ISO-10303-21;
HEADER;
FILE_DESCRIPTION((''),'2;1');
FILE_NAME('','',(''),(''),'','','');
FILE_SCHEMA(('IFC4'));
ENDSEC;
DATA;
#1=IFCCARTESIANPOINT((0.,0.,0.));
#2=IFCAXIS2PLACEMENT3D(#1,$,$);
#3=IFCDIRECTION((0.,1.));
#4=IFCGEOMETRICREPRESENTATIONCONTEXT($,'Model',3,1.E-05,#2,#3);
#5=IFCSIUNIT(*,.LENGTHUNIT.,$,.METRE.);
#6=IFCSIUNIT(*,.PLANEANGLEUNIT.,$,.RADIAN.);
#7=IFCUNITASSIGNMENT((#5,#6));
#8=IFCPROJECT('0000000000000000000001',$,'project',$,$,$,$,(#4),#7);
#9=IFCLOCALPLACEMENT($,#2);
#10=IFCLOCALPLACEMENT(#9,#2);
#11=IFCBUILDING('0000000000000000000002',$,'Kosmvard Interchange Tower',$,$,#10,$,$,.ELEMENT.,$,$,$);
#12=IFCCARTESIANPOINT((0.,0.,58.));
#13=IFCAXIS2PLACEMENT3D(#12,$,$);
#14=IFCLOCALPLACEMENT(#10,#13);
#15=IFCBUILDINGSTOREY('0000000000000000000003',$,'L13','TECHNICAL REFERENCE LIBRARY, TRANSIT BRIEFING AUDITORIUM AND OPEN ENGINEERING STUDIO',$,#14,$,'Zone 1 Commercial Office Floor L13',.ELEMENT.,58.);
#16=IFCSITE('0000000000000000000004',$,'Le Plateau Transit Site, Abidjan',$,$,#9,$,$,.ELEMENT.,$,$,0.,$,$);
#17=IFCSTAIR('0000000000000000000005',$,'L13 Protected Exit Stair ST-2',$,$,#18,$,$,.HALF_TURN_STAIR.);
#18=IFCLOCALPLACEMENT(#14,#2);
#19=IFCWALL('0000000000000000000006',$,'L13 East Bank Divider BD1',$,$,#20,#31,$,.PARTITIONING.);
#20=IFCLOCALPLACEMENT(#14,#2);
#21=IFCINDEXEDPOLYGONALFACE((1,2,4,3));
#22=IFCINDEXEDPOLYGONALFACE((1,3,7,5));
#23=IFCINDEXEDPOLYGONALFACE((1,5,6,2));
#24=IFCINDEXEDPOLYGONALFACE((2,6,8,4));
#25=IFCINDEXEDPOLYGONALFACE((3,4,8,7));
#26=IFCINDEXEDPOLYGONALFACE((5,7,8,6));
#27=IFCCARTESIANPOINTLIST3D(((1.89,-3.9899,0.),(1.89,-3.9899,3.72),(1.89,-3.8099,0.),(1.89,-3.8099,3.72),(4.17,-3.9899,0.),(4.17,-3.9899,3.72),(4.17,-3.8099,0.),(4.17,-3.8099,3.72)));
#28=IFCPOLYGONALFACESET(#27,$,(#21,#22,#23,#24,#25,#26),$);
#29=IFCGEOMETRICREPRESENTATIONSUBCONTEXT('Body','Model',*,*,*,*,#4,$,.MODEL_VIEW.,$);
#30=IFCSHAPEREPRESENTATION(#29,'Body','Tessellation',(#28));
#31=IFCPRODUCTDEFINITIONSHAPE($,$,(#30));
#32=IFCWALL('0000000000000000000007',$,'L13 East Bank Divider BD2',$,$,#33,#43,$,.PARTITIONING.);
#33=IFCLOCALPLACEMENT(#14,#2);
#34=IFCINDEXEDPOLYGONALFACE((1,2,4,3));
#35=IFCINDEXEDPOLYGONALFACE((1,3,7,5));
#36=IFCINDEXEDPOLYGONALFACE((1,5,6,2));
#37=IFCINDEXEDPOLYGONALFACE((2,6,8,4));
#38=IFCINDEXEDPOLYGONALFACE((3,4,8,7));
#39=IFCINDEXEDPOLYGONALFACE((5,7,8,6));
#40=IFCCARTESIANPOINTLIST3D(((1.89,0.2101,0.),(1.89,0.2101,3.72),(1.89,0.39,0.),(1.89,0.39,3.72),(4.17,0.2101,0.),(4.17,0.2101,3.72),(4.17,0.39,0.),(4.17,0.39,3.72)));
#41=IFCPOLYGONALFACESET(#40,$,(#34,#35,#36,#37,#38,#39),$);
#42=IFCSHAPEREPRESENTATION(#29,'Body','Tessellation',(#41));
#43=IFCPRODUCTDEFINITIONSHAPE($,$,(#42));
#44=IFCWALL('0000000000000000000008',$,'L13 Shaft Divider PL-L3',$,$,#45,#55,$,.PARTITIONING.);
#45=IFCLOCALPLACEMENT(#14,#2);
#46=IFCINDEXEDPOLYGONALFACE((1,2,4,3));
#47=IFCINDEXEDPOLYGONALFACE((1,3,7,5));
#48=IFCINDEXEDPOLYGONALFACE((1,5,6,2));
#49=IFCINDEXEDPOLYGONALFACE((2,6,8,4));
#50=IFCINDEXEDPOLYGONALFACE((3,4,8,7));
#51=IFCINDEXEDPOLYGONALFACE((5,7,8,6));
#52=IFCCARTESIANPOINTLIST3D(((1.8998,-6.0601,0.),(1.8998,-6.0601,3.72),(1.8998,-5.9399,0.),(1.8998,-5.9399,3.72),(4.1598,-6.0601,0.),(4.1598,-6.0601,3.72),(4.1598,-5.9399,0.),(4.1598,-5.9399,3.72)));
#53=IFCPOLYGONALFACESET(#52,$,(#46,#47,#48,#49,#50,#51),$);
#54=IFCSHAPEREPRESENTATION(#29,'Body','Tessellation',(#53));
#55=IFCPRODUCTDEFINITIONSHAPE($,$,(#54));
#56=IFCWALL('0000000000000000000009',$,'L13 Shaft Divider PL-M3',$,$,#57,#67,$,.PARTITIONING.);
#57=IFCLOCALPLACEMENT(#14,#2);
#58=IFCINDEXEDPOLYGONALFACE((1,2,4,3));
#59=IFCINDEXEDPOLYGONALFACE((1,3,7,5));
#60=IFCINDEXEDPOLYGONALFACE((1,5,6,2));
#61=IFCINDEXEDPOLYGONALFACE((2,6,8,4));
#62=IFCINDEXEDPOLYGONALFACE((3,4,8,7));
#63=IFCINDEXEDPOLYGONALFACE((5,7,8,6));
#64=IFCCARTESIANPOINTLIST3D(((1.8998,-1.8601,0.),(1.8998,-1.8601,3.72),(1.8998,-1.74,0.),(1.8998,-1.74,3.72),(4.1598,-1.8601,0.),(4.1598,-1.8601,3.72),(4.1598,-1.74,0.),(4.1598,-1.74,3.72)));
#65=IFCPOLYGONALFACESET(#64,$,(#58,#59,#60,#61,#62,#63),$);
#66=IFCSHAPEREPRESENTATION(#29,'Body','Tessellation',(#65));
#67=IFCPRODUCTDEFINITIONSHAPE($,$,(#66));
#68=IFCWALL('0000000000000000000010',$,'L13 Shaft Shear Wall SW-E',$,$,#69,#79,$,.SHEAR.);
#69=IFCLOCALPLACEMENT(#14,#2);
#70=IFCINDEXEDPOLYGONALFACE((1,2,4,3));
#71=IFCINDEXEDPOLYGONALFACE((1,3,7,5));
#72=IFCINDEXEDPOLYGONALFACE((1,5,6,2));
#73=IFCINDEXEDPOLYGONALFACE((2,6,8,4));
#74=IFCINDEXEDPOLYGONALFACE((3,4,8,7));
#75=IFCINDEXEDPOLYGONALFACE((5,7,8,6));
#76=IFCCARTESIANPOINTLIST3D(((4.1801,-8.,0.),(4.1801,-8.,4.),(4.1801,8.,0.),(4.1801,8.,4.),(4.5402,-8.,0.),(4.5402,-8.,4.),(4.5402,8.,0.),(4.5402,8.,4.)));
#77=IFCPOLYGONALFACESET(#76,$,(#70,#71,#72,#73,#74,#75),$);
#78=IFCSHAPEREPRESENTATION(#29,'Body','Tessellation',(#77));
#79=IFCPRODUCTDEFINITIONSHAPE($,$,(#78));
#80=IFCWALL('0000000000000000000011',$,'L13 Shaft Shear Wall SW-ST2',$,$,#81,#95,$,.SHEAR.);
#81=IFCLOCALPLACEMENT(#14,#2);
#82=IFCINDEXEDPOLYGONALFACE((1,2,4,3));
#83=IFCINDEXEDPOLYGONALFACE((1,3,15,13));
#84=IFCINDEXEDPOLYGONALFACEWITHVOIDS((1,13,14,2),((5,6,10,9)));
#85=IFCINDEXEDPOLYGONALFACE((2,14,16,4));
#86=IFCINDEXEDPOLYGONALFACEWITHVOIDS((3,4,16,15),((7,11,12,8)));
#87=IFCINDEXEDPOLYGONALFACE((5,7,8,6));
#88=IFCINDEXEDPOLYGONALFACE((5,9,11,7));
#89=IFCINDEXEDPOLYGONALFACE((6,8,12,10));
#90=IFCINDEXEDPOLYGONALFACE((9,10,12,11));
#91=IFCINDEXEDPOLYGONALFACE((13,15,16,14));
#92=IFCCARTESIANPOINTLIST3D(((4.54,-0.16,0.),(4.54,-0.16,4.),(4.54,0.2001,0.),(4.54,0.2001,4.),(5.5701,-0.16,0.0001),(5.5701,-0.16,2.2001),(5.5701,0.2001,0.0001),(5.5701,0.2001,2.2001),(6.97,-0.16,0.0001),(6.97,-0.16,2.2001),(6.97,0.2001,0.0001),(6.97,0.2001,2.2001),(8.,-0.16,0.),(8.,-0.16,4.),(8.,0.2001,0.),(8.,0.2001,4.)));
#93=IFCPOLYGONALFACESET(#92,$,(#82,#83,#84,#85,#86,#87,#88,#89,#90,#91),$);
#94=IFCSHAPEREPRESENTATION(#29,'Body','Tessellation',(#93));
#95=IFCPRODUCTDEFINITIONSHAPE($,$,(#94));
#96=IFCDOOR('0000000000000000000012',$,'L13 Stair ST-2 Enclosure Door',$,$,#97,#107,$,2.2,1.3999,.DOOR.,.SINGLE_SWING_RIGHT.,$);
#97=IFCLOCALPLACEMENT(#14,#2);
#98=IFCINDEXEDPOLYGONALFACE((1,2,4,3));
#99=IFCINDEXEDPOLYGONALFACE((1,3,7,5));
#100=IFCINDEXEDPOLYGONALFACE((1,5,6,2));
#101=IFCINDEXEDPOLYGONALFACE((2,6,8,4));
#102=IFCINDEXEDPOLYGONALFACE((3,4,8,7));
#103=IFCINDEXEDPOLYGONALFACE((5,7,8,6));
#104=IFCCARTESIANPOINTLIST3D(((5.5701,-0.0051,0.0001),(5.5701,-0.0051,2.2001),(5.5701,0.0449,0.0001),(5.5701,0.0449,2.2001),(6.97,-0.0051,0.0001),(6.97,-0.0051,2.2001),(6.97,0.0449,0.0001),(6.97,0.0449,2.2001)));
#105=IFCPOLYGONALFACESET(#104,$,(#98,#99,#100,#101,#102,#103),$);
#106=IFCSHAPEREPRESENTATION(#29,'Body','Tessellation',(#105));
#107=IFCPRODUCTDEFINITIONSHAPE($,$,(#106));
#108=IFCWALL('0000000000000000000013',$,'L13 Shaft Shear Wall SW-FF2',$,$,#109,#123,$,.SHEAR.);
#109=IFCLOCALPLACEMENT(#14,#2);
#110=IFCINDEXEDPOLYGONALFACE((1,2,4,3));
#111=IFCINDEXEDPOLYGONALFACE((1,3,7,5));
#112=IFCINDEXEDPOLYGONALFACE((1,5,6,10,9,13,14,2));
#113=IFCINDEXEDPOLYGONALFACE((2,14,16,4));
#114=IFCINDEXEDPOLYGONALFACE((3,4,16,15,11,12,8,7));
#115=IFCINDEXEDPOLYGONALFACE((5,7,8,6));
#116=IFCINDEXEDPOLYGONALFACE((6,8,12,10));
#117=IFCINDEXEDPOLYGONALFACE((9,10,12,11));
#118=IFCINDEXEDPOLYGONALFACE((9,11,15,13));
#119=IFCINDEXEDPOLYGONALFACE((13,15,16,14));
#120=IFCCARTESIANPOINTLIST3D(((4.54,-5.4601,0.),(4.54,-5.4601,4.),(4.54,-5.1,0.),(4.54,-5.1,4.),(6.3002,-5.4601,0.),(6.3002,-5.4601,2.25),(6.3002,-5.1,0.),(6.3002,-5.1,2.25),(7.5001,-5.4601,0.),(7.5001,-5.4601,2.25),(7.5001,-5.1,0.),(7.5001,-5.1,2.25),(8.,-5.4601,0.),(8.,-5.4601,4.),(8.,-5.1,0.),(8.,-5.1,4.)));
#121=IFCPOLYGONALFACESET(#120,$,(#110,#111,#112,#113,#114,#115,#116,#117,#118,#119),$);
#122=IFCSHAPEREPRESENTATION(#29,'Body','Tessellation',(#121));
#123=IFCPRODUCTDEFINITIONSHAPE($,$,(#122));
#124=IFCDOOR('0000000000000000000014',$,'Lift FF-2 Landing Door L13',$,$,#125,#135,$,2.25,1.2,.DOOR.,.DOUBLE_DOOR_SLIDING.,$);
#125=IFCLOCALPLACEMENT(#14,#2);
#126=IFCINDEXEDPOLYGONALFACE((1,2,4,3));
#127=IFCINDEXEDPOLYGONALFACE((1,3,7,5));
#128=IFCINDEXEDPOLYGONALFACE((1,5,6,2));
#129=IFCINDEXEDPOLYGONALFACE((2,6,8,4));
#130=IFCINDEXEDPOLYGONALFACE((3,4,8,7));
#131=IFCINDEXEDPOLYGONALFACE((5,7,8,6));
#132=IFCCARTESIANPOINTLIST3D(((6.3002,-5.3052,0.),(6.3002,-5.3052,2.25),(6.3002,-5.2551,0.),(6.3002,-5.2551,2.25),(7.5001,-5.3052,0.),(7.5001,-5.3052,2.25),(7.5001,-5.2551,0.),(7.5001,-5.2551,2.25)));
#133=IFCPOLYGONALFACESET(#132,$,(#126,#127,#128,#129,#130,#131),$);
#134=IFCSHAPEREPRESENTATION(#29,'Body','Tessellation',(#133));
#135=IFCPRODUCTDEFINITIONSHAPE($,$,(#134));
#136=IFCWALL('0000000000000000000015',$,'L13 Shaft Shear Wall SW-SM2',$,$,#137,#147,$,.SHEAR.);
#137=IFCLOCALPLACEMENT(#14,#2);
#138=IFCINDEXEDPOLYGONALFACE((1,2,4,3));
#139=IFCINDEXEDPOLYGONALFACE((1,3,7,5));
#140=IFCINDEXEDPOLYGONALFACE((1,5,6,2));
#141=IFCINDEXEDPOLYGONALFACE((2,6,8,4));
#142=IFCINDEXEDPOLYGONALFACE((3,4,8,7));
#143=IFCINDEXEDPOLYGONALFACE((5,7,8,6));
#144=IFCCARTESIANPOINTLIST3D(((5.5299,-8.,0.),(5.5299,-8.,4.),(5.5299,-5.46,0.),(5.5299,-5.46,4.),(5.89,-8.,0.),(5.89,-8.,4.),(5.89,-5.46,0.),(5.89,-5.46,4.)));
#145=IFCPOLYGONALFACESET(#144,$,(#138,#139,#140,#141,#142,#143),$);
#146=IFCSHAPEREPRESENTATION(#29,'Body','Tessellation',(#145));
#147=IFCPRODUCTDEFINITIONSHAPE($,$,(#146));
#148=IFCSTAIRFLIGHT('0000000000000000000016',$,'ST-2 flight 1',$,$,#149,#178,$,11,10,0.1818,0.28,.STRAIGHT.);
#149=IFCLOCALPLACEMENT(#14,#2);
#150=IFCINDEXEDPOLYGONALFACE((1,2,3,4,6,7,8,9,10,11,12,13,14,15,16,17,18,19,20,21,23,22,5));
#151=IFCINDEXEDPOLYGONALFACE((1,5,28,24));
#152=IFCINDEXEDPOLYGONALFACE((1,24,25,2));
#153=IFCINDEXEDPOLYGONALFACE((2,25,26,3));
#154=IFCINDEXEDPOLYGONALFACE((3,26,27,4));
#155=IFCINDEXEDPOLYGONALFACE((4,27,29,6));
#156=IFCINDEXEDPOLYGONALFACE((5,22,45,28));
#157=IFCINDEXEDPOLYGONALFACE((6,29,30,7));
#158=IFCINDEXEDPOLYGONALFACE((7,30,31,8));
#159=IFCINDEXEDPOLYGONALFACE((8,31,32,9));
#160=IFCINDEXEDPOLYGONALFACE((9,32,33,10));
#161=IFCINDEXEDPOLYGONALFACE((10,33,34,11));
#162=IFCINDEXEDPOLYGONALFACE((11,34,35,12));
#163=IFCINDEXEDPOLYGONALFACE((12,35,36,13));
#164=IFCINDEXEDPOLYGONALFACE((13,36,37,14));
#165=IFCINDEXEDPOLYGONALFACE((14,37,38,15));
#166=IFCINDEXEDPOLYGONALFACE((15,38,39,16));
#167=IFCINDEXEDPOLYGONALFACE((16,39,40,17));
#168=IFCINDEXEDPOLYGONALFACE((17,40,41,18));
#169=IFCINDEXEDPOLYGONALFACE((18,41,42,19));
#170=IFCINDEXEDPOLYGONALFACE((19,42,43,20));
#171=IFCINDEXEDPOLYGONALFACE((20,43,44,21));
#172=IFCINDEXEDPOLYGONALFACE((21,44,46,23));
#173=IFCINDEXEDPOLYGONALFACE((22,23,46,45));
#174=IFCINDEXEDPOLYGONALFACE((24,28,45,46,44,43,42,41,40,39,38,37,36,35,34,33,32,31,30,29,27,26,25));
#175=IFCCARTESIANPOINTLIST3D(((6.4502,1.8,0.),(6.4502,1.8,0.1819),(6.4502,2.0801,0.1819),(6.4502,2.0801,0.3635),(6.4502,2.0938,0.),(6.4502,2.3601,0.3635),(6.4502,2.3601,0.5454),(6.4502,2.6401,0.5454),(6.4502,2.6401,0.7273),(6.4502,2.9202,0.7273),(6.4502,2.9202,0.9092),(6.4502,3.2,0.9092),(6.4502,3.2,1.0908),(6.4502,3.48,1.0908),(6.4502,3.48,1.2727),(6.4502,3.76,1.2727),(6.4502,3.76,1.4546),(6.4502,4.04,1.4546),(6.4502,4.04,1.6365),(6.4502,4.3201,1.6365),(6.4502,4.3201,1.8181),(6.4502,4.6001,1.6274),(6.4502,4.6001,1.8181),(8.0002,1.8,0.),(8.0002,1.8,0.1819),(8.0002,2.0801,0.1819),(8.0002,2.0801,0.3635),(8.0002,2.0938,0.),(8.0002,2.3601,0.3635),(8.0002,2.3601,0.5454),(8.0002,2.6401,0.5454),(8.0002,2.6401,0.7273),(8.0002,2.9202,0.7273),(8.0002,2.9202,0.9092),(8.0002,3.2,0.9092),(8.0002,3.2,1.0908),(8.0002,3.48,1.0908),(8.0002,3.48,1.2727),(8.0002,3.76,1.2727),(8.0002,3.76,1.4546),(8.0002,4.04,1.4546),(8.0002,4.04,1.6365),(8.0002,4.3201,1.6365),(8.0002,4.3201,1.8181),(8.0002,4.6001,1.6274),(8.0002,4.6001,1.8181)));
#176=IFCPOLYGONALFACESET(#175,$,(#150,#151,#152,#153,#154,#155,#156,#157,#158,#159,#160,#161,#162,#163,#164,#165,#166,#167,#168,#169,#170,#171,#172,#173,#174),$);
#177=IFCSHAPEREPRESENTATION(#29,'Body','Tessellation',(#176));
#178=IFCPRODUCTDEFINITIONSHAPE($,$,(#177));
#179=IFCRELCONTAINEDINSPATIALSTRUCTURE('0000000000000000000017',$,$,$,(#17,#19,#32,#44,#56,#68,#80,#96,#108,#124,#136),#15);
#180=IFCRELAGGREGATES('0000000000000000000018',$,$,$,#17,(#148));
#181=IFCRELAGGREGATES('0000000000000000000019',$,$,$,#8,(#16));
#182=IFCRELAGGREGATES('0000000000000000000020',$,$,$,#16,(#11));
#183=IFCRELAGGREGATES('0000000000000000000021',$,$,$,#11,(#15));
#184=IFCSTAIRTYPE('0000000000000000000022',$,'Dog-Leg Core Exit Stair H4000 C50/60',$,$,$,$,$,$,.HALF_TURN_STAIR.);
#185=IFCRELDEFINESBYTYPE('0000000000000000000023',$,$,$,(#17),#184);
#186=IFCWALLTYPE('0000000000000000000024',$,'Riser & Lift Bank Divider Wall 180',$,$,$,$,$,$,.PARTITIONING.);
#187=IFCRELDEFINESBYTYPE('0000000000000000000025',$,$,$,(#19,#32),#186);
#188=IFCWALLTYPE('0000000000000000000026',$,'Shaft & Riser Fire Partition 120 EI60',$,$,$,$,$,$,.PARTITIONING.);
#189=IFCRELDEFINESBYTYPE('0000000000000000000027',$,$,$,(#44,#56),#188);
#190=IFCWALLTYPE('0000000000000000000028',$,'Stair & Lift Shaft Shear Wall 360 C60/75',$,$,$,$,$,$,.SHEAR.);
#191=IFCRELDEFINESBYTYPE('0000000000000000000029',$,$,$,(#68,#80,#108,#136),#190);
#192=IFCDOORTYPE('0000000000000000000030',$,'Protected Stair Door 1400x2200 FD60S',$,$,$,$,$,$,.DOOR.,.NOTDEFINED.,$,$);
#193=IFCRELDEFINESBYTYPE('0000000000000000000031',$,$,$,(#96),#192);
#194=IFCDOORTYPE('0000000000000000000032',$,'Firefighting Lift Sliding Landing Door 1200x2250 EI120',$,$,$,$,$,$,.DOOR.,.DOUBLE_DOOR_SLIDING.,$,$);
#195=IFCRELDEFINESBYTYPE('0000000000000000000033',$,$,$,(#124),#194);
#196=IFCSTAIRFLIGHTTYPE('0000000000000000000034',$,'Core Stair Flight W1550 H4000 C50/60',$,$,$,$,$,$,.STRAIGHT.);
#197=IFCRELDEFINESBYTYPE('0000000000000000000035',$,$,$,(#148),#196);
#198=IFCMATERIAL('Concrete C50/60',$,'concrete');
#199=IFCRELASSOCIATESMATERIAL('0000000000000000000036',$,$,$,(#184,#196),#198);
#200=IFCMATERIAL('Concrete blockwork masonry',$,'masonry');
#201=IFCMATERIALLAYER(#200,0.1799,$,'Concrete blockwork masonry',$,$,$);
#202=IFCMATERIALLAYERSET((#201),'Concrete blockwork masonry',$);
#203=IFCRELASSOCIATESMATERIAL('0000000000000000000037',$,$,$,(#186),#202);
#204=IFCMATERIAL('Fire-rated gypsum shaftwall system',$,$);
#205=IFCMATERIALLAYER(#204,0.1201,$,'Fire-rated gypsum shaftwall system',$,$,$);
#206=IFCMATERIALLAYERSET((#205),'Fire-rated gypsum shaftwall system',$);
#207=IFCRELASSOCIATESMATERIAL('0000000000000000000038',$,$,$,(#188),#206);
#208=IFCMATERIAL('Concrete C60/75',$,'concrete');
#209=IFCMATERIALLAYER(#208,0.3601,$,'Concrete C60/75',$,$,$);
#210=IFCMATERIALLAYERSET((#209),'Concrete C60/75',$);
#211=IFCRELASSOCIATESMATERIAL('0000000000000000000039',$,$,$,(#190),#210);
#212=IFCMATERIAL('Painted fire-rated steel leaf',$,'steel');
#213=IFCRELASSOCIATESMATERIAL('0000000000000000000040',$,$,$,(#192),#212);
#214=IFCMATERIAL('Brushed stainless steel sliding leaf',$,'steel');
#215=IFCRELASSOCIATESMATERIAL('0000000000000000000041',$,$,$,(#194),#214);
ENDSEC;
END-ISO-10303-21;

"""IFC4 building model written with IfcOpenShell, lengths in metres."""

from ifc_helpers import new_model, si_unit, direction, frame, frame_2d, origin, place, context, subcontext, project, spatial, polyline, rectangle, outline, extrude, source, transform, mapped, material, layer, layer_set, type_object, element, fill, aggregate, save


model = new_model("IFC4")

# Units and contexts
model_context = context("Model", 3, precision=1e-05, world=origin(), true_north=direction((0.0, 1.0)))
body_context = subcontext(model_context, "Body", "Model", "MODEL_VIEW")
ifc_project = project(units=[si_unit("LENGTHUNIT", "METRE"), si_unit("PLANEANGLEUNIT", "RADIAN")], contexts=[model_context])

# Site, building, storey
site_placement = place(None, origin())
site = spatial("IfcSite", under=ifc_project, at=site_placement, Name="Le Plateau Transit Site, Abidjan", CompositionType="ELEMENT", RefElevation=0.0)
building_placement = place(site_placement, origin())
building = spatial("IfcBuilding", under=site, at=building_placement, Name="Kosmvard Interchange Tower", CompositionType="ELEMENT")
storey_placement = place(building_placement, frame((0.0, 0.0, 58.0)))
storey = spatial("IfcBuildingStorey", under=building, at=storey_placement, Name="L13", Description="TECHNICAL REFERENCE LIBRARY, TRANSIT BRIEFING AUDITORIUM AND OPEN ENGINEERING STUDIO", LongName="Zone 1 Commercial Office Floor L13", CompositionType="ELEMENT", Elevation=58.0)

# Shared definitions
ifc_material_1 = material(Name="Concrete C60/75", Category="concrete")

# Stair
ifc_material_2 = material(Name="Concrete C50/60", Category="concrete")
stair_type = type_object("IfcStairType", Name="Dog-Leg Core Exit Stair H4000 C50/60", PredefinedType="HALF_TURN_STAIR", material=ifc_material_2)
stair_1_placement = place(storey_placement, origin())
stair_1 = element("IfcStair", 1, at=stair_1_placement, inside=storey, type_object=stair_type, Name="L13 Protected Exit Stair ST-2", PredefinedType="HALF_TURN_STAIR")

# Shared definitions
ifc_material_3 = material(Name="Brushed stainless steel sliding leaf", Category="steel")

# Shared definitions
ifc_material_4 = material(Name="Painted fire-rated steel leaf", Category="steel")

# Walls
ifc_material_5 = material(Name="Concrete blockwork masonry", Category="masonry")
ifc_layer_1 = layer(ifc_material_5, 0.1799, Name="Concrete blockwork masonry")
ifc_layer_set_1 = layer_set([ifc_layer_1], Name="Concrete blockwork masonry")
wall_type_1 = type_object("IfcWallType", Name="Riser & Lift Bank Divider Wall 180", PredefinedType="PARTITIONING", material=ifc_layer_set_1)
for number, where, z_axis, x_axis, name in (
    (2, (1.8899, -3.8999, 0.0), (0.0, 0.0, 1.0), (1.0, 0.0, 0.0), "L13 East Bank Divider BD1"),
    (3, (1.8899, 0.3, 0.0), (0.0, 0.0, 1.0), (1.0, 0.0, 0.0), "L13 East Bank Divider BD2"),
):
    element("IfcWall", number, at=place(storey_placement, frame(where, z_axis=z_axis, x_axis=x_axis)), inside=storey, type_object=wall_type_1, Name=name, PredefinedType="PARTITIONING", context=body_context, shape_type="SweptSolid", body=[
        extrude(rectangle(XDim=2.28, YDim=0.1799, at=frame_2d((1.1401, 0.0))), origin(), (0.0, 0.0, 1.0), 3.72),
    ])
ifc_material_6 = material(Name="Fire-rated gypsum shaftwall system")
ifc_layer_2 = layer(ifc_material_6, 0.1201, Name="Fire-rated gypsum shaftwall system")
ifc_layer_set_2 = layer_set([ifc_layer_2], Name="Fire-rated gypsum shaftwall system")
wall_type_2 = type_object("IfcWallType", Name="Shaft & Riser Fire Partition 120 EI60", PredefinedType="PARTITIONING", material=ifc_layer_set_2)
for number, where, z_axis, x_axis, name in (
    (4, (1.8999, -6.0, 0.0), (0.0, 0.0, 1.0), (1.0, 0.0, 0.0), "L13 Shaft Divider PL-L3"),
    (5, (1.8999, -1.8, 0.0), (0.0, 0.0, 1.0), (1.0, 0.0, 0.0), "L13 Shaft Divider PL-M3"),
):
    element("IfcWall", number, at=place(storey_placement, frame(where, z_axis=z_axis, x_axis=x_axis)), inside=storey, type_object=wall_type_2, Name=name, PredefinedType="PARTITIONING", context=body_context, shape_type="SweptSolid", body=[
        extrude(rectangle(XDim=2.26, YDim=0.1201, at=frame_2d((1.1299, 0.0))), origin(), (0.0, 0.0, 1.0), 3.72),
    ])
ifc_layer_3 = layer(ifc_material_1, 0.3601, Name="Concrete C60/75")
ifc_layer_set_3 = layer_set([ifc_layer_3], Name="Concrete C60/75")
wall_type_3 = type_object("IfcWallType", Name="Stair & Lift Shaft Shear Wall 360 C60/75", PredefinedType="SHEAR", material=ifc_layer_set_3)
wall_1_placement = place(storey_placement, frame((4.3601, -8.0, 0.0), z_axis=(0.0, 0.0, 1.0), x_axis=(0.0, 1.0, 0.0)))
element("IfcWall", 6, at=wall_1_placement, inside=storey, type_object=wall_type_3, Name="L13 Shaft Shear Wall SW-E", PredefinedType="SHEAR", context=body_context, shape_type="SweptSolid", body=[
    extrude(rectangle(XDim=16.0, YDim=0.3601, at=frame_2d((8.0, 0.0))), origin(), (0.0, 0.0, 1.0), 4.0),
])

# Walls, openings, doors
wall_2_placement = place(storey_placement, frame((4.54, 0.02, 0.0), z_axis=(0.0, 0.0, 1.0), x_axis=(1.0, 0.0, 0.0)))
wall_2 = element("IfcWall", 7, at=wall_2_placement, inside=storey, type_object=wall_type_3, Name="L13 Shaft Shear Wall SW-ST2", PredefinedType="SHEAR", context=body_context, shape_type="SweptSolid", body=[
    extrude(rectangle(XDim=3.46, YDim=0.3601, at=frame_2d((1.73, 0.0))), origin(), (0.0, 0.0, 1.0), 4.0),
])
opening_1_placement = place(wall_2_placement, frame((1.03, 0.0, 0.0)))
opening_1 = element("IfcOpeningElement", 8, at=opening_1_placement, cuts=wall_2, PredefinedType="OPENING", context=body_context, shape_type="SweptSolid", body=[
    extrude(rectangle(XDim=1.3999, YDim=2.2, at=frame_2d((0.7, 1.1001))), frame((0.0, 0.1899, 0.0), z_axis=(0.0, -1.0, 0.0), x_axis=(1.0, 0.0, 0.0)), (0.0, 0.0, 1.0), 0.3801),
])
door_type_1 = type_object("IfcDoorType", Name="Protected Stair Door 1400x2200 FD60S", OperationType="NOTDEFINED", PredefinedType="DOOR", material=ifc_material_4)
shared_shape_1 = source(origin(), body_context, "Body", "SweptSolid", [
    extrude(rectangle(XDim=1.3999, YDim=2.2, at=frame_2d((0.7, 1.1001))), frame((0.0, 0.0249, 0.0), z_axis=(0.0, -1.0, 0.0), x_axis=(1.0, 0.0, 0.0)), (0.0, 0.0, 1.0), 0.05),
])
door_1_placement = place(opening_1_placement, origin())
door_1 = element("IfcDoor", 9, at=door_1_placement, inside=storey, type_object=door_type_1, Name="L13 Stair ST-2 Enclosure Door", OperationType="SINGLE_SWING_RIGHT", OverallHeight=2.2, OverallWidth=1.3999, PredefinedType="DOOR", context=body_context, shape_type="MappedRepresentation", body=[
    mapped(shared_shape_1, transform((0.0, 0.0, 0.0), scale=1.0)),
])
fill(opening_1, door_1)
wall_3_placement = place(storey_placement, frame((4.54, -5.28, 0.0), z_axis=(0.0, 0.0, 1.0), x_axis=(1.0, 0.0, 0.0)))
wall_3 = element("IfcWall", 10, at=wall_3_placement, inside=storey, type_object=wall_type_3, Name="L13 Shaft Shear Wall SW-FF2", PredefinedType="SHEAR", context=body_context, shape_type="SweptSolid", body=[
    extrude(rectangle(XDim=3.46, YDim=0.3601, at=frame_2d((1.73, 0.0))), origin(), (0.0, 0.0, 1.0), 4.0),
])
opening_2_placement = place(wall_3_placement, frame((1.76, 0.0, 0.0)))
opening_2 = element("IfcOpeningElement", 11, at=opening_2_placement, cuts=wall_3, PredefinedType="OPENING", context=body_context, shape_type="SweptSolid", body=[
    extrude(rectangle(XDim=1.2, YDim=2.25, at=frame_2d((0.6001, 1.125))), frame((0.0, 0.1899, 0.0), z_axis=(0.0, -1.0, 0.0), x_axis=(1.0, 0.0, 0.0)), (0.0, 0.0, 1.0), 0.3801),
])
door_type_2 = type_object("IfcDoorType", Name="Firefighting Lift Sliding Landing Door 1200x2250 EI120", OperationType="DOUBLE_DOOR_SLIDING", PredefinedType="DOOR", material=ifc_material_3)
shared_shape_2 = source(origin(), body_context, "Body", "SweptSolid", [
    extrude(rectangle(XDim=1.2, YDim=2.25, at=frame_2d((0.6001, 1.125))), frame((0.0, 0.0249, 0.0), z_axis=(0.0, -1.0, 0.0), x_axis=(1.0, 0.0, 0.0)), (0.0, 0.0, 1.0), 0.05),
])
door_2_placement = place(opening_2_placement, origin())
door_2 = element("IfcDoor", 12, at=door_2_placement, inside=storey, type_object=door_type_2, Name="Lift FF-2 Landing Door L13", OperationType="DOUBLE_DOOR_SLIDING", OverallHeight=2.25, OverallWidth=1.2, PredefinedType="DOOR", context=body_context, shape_type="MappedRepresentation", body=[
    mapped(shared_shape_2, transform((0.0, 0.0, 0.0), scale=1.0)),
])
fill(opening_2, door_2)

# Wall
wall_4_placement = place(storey_placement, frame((5.71, -8.0, 0.0), z_axis=(0.0, 0.0, 1.0), x_axis=(0.0, 1.0, 0.0)))
element("IfcWall", 13, at=wall_4_placement, inside=storey, type_object=wall_type_3, Name="L13 Shaft Shear Wall SW-SM2", PredefinedType="SHEAR", context=body_context, shape_type="SweptSolid", body=[
    extrude(rectangle(XDim=2.54, YDim=0.3601, at=frame_2d((1.27, 0.0))), origin(), (0.0, 0.0, 1.0), 4.0),
])

# Stair flight
stair_flight_type = type_object("IfcStairFlightType", Name="Core Stair Flight W1550 H4000 C50/60", PredefinedType="STRAIGHT", material=ifc_material_2)
shared_shape_3 = source(origin(), body_context, "Body", "SweptSolid", [
    extrude(outline(polyline([(0.0, 0.0), (0.0, 0.1819), (0.28, 0.1819), (0.28, 0.3635), (0.5601, 0.3635), (0.5601, 0.5454), (0.8401, 0.5454), (0.8401, 0.7273), (1.1201, 0.7273), (1.1201, 0.9092), (1.3999, 0.9092), (1.3999, 1.0908), (1.6799, 1.0908), (1.6799, 1.2727), (1.96, 1.2727), (1.96, 1.4546), (2.24, 1.4546), (2.24, 1.6365), (2.52, 1.6365), (2.52, 1.8181), (2.8, 1.8181), (2.8, 2.0), (2.8, 1.6274), (0.2937, 0.0), (0.0, 0.0)])), frame((0.0, 0.7749, 0.0), z_axis=(0.0, -1.0, 0.0), x_axis=(1.0, 0.0, 0.0)), (0.0, 0.0, 1.0), 1.55),
])
stair_flight_placement = place(storey_placement, frame((7.2251, 1.8, 0.0), z_axis=(0.0, 0.0, 1.0), x_axis=(0.0, 1.0, 0.0)))
stair_flight = element("IfcStairFlight", 14, at=stair_flight_placement, type_object=stair_flight_type, Name="ST-2 flight 1", NumberOfRisers=11, NumberOfTreads=10, PredefinedType="STRAIGHT", RiserHeight=0.1818, TreadLength=0.28, context=body_context, shape_type="MappedRepresentation", body=[
    mapped(shared_shape_3, transform((0.0, 0.0, 0.0), scale=1.0)),
])
aggregate(stair_1, [stair_flight])

save(model, "model.ifc")
